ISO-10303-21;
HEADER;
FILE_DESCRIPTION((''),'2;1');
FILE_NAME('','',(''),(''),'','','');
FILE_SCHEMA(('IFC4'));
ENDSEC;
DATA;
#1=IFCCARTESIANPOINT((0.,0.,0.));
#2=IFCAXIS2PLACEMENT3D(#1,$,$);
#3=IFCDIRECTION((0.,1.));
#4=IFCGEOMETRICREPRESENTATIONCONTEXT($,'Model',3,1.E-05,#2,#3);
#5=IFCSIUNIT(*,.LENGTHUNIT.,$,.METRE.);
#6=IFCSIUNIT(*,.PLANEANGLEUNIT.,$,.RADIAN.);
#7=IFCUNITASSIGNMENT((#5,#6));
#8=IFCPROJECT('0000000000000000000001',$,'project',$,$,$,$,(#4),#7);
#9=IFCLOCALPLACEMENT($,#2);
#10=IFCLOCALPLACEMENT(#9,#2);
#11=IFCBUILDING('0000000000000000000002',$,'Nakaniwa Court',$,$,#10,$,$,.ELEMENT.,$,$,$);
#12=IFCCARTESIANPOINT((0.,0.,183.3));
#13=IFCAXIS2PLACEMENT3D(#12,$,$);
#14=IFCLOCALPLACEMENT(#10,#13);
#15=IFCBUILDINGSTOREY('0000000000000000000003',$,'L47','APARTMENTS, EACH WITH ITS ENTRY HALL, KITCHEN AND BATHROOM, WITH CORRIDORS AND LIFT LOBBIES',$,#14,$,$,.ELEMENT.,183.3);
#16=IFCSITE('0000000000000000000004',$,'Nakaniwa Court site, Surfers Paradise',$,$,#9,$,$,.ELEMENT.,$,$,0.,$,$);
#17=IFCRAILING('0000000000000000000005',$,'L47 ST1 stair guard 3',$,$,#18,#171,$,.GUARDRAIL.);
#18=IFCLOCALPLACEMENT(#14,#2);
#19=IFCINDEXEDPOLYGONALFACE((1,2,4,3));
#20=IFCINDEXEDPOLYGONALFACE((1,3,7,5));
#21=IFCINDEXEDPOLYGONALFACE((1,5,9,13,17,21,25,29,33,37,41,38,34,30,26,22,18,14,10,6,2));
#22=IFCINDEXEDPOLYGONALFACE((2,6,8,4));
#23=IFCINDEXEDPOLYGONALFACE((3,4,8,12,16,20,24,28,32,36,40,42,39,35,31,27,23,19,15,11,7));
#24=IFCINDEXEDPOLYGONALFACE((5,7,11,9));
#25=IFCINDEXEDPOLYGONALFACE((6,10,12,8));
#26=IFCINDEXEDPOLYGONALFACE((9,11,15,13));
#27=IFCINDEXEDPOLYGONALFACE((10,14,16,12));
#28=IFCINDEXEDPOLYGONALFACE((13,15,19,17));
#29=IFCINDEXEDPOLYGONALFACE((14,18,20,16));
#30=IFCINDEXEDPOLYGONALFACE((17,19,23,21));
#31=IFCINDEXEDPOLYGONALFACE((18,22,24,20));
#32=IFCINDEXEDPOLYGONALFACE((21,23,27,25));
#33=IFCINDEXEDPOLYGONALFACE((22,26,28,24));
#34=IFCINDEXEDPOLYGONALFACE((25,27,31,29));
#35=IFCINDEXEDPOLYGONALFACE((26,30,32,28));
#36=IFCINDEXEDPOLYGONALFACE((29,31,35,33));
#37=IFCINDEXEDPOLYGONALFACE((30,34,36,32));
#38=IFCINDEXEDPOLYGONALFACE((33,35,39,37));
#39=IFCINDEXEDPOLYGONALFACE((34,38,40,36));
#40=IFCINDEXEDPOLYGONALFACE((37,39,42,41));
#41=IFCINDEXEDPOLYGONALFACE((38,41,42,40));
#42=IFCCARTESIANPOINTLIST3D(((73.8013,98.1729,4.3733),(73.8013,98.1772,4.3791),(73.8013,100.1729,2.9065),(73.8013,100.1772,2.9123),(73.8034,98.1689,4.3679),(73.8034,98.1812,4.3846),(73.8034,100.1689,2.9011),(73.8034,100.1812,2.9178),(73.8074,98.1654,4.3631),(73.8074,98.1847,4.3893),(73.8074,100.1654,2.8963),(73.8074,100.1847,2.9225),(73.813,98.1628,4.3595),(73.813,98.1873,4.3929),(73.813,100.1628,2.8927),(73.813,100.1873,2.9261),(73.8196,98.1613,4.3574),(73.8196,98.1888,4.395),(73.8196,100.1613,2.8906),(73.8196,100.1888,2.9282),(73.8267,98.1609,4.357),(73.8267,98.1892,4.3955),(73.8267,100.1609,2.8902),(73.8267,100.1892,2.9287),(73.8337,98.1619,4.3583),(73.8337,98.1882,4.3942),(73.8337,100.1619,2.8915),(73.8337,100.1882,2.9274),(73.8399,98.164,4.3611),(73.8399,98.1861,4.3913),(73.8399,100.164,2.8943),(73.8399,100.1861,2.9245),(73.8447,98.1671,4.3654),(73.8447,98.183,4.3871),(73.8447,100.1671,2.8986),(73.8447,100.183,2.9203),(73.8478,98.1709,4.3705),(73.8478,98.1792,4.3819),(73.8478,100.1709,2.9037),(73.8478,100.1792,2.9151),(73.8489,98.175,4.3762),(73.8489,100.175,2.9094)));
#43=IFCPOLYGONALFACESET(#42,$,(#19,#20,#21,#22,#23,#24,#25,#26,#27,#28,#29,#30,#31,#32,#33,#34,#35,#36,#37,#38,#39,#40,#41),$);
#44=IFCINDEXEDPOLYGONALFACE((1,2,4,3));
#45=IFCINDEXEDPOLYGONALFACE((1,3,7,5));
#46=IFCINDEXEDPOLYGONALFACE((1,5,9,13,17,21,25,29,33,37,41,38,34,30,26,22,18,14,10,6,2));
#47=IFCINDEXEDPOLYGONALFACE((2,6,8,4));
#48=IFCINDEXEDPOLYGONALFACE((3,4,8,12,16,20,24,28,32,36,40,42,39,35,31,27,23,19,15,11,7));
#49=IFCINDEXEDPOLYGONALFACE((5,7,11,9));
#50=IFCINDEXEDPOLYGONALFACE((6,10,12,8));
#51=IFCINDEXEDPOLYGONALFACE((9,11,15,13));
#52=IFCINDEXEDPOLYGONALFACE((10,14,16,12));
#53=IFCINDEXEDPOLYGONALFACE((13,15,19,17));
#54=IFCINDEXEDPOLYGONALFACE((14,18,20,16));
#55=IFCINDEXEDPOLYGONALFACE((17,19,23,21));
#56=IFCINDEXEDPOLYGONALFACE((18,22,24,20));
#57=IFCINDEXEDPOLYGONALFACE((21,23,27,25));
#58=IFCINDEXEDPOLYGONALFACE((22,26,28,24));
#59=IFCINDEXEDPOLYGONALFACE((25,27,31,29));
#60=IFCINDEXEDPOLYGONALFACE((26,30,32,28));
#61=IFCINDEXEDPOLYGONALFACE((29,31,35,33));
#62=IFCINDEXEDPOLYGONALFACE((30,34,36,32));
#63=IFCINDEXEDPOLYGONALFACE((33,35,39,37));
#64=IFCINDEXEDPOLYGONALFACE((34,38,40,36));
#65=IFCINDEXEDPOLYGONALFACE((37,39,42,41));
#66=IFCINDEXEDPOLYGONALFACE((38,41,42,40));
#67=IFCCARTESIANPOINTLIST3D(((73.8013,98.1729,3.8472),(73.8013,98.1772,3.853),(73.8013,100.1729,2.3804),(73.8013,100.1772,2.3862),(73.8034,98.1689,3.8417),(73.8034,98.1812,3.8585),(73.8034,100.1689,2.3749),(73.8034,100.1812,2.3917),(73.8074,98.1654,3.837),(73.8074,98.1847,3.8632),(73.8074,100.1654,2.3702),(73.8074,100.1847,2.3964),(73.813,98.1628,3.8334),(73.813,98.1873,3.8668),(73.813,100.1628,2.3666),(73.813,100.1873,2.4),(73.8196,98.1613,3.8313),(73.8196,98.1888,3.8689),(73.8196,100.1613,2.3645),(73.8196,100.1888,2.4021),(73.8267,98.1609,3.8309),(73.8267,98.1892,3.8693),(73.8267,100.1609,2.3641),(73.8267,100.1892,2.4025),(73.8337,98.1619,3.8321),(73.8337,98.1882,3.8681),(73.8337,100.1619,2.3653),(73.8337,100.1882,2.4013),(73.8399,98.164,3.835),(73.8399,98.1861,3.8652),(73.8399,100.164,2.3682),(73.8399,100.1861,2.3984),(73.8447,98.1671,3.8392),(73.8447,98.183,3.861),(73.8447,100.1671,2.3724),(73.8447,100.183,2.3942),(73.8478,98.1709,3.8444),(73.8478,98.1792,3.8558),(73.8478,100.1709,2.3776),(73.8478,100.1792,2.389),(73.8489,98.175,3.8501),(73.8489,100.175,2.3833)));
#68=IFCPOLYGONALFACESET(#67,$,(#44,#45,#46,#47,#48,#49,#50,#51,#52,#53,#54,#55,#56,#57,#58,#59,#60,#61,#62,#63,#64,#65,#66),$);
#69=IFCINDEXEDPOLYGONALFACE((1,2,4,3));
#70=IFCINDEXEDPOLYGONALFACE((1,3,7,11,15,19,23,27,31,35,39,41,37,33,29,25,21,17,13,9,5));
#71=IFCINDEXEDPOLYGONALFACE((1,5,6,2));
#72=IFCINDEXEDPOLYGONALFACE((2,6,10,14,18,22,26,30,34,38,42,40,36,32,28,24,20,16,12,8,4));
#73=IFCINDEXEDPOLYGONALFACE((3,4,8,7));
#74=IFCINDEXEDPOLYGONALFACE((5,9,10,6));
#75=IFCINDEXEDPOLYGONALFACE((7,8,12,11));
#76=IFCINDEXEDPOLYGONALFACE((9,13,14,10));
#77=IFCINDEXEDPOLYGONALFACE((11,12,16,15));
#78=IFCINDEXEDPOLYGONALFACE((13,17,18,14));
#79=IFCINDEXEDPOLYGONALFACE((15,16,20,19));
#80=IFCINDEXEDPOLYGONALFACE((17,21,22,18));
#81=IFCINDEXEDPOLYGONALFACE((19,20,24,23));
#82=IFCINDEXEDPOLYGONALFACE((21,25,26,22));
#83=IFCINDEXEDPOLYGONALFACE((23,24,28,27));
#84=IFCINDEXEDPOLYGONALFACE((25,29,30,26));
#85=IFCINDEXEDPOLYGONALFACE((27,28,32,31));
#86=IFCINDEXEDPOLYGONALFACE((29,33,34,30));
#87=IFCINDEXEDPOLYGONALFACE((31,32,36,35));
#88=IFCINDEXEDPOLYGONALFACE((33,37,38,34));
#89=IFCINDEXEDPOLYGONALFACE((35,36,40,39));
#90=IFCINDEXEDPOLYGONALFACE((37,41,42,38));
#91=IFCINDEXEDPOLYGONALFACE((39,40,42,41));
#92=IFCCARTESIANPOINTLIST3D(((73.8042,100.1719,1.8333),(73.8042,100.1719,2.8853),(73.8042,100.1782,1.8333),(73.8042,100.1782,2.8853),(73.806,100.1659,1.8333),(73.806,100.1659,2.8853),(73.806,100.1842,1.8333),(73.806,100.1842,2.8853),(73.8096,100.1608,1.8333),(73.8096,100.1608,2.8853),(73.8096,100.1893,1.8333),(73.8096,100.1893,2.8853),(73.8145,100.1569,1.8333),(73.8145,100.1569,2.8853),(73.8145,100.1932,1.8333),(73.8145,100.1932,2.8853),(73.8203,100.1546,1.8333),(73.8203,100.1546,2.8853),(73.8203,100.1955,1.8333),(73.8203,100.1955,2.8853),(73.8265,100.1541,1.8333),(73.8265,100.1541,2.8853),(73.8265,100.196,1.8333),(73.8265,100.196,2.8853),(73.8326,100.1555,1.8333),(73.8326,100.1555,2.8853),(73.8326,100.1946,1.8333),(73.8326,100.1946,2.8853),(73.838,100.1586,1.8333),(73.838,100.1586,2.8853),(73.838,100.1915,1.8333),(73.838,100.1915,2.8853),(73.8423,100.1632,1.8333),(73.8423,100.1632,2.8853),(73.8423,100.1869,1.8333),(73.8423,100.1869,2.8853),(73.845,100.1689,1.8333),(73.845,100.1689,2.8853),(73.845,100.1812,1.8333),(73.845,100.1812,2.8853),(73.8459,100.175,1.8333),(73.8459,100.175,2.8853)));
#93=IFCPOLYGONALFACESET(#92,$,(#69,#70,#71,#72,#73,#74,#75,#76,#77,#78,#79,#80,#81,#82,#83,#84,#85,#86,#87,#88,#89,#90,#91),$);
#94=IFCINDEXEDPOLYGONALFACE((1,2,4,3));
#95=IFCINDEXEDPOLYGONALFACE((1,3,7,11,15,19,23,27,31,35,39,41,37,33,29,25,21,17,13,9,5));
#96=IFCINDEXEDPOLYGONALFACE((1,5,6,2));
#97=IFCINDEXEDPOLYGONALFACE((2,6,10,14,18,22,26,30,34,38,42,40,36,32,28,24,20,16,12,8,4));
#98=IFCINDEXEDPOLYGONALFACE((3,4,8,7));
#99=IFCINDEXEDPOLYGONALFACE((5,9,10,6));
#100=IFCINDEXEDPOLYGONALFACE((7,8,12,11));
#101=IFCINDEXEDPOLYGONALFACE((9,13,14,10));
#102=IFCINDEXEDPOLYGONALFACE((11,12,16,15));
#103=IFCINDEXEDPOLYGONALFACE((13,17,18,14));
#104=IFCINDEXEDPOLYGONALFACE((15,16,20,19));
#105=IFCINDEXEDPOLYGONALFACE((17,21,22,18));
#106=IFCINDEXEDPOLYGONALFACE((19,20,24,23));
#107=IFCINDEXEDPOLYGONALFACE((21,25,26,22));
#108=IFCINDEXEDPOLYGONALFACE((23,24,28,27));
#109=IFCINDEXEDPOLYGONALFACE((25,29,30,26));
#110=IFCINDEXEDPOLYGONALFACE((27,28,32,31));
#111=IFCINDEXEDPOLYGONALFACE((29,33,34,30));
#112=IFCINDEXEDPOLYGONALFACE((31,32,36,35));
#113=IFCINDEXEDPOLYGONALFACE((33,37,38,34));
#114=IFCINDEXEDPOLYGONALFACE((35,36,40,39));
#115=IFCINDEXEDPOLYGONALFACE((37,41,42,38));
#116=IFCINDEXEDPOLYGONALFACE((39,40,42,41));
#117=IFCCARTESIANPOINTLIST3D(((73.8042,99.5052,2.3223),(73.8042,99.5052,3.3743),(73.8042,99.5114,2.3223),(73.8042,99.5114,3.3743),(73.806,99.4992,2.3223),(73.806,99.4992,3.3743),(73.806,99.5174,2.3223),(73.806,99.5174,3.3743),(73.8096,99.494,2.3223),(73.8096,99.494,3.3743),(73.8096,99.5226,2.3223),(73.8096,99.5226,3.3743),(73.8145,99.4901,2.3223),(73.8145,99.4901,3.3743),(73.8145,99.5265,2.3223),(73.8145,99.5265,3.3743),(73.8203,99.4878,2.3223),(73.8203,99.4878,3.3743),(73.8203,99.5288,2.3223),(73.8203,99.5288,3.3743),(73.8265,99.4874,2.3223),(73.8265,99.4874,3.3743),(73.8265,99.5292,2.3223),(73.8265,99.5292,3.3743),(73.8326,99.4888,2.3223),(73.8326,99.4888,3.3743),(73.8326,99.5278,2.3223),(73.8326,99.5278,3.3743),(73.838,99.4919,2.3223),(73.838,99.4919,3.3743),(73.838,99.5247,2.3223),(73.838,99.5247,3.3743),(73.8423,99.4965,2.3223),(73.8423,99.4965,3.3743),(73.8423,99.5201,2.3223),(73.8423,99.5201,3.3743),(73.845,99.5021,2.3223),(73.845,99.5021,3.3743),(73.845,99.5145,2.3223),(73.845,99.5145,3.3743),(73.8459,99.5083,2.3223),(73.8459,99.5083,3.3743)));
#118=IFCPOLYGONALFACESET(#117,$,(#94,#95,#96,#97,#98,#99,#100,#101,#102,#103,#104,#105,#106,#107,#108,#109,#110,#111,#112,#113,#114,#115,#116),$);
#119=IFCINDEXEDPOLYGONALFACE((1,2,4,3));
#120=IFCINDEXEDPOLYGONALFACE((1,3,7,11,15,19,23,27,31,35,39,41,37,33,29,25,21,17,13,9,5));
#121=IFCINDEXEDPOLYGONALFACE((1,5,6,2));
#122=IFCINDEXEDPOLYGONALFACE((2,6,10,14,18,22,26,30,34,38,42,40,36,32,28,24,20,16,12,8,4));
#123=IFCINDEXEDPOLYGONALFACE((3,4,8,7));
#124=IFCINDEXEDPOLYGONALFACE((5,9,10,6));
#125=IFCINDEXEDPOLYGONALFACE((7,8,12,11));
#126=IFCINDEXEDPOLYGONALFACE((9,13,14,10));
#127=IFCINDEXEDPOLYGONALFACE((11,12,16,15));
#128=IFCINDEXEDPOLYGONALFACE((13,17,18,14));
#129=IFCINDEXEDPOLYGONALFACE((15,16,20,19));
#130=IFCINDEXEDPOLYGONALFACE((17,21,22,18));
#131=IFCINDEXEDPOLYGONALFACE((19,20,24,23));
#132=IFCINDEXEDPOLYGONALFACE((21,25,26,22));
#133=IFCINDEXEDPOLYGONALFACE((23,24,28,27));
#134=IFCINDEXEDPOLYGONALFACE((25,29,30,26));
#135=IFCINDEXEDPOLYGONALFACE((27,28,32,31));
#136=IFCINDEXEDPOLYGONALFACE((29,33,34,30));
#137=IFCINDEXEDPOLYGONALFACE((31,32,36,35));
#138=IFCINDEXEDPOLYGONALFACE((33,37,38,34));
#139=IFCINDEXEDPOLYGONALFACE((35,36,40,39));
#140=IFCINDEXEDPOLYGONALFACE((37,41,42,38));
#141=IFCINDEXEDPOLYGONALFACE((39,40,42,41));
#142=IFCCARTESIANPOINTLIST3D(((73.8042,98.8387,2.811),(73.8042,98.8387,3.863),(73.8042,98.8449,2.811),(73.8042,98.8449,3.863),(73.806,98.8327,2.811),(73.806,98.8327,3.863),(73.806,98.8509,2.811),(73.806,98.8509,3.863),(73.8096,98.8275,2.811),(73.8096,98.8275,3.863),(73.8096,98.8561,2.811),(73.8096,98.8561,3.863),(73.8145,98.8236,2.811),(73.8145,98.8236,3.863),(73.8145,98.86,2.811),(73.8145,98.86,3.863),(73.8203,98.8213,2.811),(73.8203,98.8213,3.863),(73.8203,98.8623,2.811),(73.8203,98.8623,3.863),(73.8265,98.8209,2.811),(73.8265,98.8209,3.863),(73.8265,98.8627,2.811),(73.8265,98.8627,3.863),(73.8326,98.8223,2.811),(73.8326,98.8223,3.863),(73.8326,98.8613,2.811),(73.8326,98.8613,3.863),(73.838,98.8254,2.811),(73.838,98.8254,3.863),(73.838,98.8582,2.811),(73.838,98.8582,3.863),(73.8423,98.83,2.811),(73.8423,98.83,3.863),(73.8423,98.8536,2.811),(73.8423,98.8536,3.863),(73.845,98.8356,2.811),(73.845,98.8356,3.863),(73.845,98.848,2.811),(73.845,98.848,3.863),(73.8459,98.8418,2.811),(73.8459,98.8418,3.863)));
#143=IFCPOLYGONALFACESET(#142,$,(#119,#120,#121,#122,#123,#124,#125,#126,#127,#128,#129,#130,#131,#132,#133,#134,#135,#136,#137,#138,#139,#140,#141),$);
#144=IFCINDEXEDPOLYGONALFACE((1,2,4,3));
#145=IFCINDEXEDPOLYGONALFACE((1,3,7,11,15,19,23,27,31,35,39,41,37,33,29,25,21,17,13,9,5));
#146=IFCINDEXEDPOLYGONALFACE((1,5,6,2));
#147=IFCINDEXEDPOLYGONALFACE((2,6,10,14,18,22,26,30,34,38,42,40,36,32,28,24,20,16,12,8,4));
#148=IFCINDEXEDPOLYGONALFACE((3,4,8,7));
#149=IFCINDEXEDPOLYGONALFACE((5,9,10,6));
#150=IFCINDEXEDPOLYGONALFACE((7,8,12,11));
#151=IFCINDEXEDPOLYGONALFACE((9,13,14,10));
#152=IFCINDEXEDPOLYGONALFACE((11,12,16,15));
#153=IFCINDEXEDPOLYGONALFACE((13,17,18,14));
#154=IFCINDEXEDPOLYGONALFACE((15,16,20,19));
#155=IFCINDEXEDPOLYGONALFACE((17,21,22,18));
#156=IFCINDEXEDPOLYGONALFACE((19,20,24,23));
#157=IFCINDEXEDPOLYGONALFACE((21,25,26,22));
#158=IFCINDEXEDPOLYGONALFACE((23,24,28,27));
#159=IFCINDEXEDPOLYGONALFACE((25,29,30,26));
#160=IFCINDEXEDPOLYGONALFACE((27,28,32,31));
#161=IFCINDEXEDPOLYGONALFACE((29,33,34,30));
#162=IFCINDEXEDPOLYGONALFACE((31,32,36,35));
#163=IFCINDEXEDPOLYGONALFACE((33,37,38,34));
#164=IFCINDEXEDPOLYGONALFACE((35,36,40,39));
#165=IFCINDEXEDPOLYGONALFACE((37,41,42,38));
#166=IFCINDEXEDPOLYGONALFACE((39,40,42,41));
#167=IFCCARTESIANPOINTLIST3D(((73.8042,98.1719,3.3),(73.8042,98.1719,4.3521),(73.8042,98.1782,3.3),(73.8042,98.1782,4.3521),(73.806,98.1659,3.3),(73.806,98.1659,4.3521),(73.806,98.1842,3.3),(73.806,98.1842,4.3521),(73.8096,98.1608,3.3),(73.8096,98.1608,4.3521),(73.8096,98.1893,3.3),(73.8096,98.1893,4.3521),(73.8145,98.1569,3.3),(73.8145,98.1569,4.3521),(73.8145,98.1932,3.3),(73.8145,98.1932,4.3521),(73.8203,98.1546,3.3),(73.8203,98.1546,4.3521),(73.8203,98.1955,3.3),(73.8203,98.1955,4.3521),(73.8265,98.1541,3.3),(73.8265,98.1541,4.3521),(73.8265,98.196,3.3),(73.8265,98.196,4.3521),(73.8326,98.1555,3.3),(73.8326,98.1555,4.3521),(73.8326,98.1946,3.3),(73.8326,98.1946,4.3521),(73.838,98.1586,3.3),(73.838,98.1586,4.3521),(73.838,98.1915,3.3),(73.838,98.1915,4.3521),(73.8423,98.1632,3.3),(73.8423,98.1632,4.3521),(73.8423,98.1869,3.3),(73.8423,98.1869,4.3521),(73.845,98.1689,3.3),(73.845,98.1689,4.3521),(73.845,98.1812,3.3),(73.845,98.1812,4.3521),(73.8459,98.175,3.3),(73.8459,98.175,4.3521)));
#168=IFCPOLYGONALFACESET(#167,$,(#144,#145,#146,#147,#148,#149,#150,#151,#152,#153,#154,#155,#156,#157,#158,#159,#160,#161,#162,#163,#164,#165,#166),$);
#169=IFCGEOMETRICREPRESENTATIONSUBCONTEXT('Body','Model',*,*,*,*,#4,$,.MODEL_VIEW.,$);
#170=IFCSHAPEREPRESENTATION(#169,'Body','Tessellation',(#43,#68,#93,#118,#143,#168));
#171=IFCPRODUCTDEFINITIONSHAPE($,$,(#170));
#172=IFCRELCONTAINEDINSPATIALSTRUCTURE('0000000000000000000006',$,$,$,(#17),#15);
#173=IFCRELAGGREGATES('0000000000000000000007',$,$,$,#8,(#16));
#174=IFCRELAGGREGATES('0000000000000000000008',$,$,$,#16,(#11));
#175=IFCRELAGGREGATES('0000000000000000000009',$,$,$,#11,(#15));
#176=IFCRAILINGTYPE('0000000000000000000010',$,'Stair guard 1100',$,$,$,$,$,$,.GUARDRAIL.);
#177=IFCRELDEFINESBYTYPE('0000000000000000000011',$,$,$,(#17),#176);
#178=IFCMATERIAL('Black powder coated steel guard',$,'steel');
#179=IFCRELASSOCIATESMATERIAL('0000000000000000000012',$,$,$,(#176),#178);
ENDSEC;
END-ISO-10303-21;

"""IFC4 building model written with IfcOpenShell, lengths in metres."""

from ifc_helpers import new_model, si_unit, direction, frame, origin, origin_2d, place, context, subcontext, project, spatial, circle, extrude, material, type_object, element, save


model = new_model("IFC4")

# Units and contexts
model_context = context("Model", 3, precision=1e-05, world=origin(), true_north=direction((0.0, 1.0)))
body_context = subcontext(model_context, "Body", "Model", "MODEL_VIEW")
ifc_project = project(units=[si_unit("LENGTHUNIT", "METRE"), si_unit("PLANEANGLEUNIT", "RADIAN")], contexts=[model_context])

# Site, building, storey
site_placement = place(None, origin())
site = spatial("IfcSite", under=ifc_project, at=site_placement, Name="Nakaniwa Court site, Surfers Paradise", CompositionType="ELEMENT", RefElevation=0.0)
building_placement = place(site_placement, origin())
building = spatial("IfcBuilding", under=site, at=building_placement, Name="Nakaniwa Court", CompositionType="ELEMENT")
storey_placement = place(building_placement, frame((0.0, 0.0, 183.3)))
storey = spatial("IfcBuildingStorey", under=building, at=storey_placement, Name="L47", Description="APARTMENTS, EACH WITH ITS ENTRY HALL, KITCHEN AND BATHROOM, WITH CORRIDORS AND LIFT LOBBIES", CompositionType="ELEMENT", Elevation=183.3)

# Railing
ifc_material_1 = material(Name="Black powder coated steel guard", Category="steel")
railing_type_1 = type_object("IfcRailingType", Name="Stair guard 1100", PredefinedType="GUARDRAIL", material=ifc_material_1)
railing_1_placement = place(storey_placement, frame((73.825, 100.175, 1.8333)))
element("IfcRailing", 1, at=railing_1_placement, inside=storey, type_object=railing_type_1, Name="L47 ST1 stair guard 3", PredefinedType="GUARDRAIL", context=body_context, shape_type="SweptSolid", body=[
    extrude(circle(Radius=0.0239, at=origin_2d()), frame((0.0, 0.0, 1.0762), z_axis=(0.0, -0.80638, 0.591398), x_axis=(1.0, 0.0, 0.0)), (0.0, 0.0, 1.0), 2.4802),
    extrude(circle(Radius=0.0239, at=origin_2d()), frame((0.0, 0.0, 0.55), z_axis=(0.0, -0.80638, 0.591398), x_axis=(1.0, 0.0, 0.0)), (0.0, 0.0, 1.0), 2.4802),
    extrude(circle(Radius=0.021, at=origin_2d()), origin(), (0.0, 0.0, 1.0), 1.052),
    extrude(circle(Radius=0.021, at=origin_2d()), frame((0.0, -0.6667, 0.489)), (0.0, 0.0, 1.0), 1.052),
    extrude(circle(Radius=0.021, at=origin_2d()), frame((0.0, -1.3333, 0.9778)), (0.0, 0.0, 1.0), 1.052),
    extrude(circle(Radius=0.021, at=origin_2d()), frame((0.0, -2.0, 1.4668)), (0.0, 0.0, 1.0), 1.052),
])

save(model, "model.ifc")
